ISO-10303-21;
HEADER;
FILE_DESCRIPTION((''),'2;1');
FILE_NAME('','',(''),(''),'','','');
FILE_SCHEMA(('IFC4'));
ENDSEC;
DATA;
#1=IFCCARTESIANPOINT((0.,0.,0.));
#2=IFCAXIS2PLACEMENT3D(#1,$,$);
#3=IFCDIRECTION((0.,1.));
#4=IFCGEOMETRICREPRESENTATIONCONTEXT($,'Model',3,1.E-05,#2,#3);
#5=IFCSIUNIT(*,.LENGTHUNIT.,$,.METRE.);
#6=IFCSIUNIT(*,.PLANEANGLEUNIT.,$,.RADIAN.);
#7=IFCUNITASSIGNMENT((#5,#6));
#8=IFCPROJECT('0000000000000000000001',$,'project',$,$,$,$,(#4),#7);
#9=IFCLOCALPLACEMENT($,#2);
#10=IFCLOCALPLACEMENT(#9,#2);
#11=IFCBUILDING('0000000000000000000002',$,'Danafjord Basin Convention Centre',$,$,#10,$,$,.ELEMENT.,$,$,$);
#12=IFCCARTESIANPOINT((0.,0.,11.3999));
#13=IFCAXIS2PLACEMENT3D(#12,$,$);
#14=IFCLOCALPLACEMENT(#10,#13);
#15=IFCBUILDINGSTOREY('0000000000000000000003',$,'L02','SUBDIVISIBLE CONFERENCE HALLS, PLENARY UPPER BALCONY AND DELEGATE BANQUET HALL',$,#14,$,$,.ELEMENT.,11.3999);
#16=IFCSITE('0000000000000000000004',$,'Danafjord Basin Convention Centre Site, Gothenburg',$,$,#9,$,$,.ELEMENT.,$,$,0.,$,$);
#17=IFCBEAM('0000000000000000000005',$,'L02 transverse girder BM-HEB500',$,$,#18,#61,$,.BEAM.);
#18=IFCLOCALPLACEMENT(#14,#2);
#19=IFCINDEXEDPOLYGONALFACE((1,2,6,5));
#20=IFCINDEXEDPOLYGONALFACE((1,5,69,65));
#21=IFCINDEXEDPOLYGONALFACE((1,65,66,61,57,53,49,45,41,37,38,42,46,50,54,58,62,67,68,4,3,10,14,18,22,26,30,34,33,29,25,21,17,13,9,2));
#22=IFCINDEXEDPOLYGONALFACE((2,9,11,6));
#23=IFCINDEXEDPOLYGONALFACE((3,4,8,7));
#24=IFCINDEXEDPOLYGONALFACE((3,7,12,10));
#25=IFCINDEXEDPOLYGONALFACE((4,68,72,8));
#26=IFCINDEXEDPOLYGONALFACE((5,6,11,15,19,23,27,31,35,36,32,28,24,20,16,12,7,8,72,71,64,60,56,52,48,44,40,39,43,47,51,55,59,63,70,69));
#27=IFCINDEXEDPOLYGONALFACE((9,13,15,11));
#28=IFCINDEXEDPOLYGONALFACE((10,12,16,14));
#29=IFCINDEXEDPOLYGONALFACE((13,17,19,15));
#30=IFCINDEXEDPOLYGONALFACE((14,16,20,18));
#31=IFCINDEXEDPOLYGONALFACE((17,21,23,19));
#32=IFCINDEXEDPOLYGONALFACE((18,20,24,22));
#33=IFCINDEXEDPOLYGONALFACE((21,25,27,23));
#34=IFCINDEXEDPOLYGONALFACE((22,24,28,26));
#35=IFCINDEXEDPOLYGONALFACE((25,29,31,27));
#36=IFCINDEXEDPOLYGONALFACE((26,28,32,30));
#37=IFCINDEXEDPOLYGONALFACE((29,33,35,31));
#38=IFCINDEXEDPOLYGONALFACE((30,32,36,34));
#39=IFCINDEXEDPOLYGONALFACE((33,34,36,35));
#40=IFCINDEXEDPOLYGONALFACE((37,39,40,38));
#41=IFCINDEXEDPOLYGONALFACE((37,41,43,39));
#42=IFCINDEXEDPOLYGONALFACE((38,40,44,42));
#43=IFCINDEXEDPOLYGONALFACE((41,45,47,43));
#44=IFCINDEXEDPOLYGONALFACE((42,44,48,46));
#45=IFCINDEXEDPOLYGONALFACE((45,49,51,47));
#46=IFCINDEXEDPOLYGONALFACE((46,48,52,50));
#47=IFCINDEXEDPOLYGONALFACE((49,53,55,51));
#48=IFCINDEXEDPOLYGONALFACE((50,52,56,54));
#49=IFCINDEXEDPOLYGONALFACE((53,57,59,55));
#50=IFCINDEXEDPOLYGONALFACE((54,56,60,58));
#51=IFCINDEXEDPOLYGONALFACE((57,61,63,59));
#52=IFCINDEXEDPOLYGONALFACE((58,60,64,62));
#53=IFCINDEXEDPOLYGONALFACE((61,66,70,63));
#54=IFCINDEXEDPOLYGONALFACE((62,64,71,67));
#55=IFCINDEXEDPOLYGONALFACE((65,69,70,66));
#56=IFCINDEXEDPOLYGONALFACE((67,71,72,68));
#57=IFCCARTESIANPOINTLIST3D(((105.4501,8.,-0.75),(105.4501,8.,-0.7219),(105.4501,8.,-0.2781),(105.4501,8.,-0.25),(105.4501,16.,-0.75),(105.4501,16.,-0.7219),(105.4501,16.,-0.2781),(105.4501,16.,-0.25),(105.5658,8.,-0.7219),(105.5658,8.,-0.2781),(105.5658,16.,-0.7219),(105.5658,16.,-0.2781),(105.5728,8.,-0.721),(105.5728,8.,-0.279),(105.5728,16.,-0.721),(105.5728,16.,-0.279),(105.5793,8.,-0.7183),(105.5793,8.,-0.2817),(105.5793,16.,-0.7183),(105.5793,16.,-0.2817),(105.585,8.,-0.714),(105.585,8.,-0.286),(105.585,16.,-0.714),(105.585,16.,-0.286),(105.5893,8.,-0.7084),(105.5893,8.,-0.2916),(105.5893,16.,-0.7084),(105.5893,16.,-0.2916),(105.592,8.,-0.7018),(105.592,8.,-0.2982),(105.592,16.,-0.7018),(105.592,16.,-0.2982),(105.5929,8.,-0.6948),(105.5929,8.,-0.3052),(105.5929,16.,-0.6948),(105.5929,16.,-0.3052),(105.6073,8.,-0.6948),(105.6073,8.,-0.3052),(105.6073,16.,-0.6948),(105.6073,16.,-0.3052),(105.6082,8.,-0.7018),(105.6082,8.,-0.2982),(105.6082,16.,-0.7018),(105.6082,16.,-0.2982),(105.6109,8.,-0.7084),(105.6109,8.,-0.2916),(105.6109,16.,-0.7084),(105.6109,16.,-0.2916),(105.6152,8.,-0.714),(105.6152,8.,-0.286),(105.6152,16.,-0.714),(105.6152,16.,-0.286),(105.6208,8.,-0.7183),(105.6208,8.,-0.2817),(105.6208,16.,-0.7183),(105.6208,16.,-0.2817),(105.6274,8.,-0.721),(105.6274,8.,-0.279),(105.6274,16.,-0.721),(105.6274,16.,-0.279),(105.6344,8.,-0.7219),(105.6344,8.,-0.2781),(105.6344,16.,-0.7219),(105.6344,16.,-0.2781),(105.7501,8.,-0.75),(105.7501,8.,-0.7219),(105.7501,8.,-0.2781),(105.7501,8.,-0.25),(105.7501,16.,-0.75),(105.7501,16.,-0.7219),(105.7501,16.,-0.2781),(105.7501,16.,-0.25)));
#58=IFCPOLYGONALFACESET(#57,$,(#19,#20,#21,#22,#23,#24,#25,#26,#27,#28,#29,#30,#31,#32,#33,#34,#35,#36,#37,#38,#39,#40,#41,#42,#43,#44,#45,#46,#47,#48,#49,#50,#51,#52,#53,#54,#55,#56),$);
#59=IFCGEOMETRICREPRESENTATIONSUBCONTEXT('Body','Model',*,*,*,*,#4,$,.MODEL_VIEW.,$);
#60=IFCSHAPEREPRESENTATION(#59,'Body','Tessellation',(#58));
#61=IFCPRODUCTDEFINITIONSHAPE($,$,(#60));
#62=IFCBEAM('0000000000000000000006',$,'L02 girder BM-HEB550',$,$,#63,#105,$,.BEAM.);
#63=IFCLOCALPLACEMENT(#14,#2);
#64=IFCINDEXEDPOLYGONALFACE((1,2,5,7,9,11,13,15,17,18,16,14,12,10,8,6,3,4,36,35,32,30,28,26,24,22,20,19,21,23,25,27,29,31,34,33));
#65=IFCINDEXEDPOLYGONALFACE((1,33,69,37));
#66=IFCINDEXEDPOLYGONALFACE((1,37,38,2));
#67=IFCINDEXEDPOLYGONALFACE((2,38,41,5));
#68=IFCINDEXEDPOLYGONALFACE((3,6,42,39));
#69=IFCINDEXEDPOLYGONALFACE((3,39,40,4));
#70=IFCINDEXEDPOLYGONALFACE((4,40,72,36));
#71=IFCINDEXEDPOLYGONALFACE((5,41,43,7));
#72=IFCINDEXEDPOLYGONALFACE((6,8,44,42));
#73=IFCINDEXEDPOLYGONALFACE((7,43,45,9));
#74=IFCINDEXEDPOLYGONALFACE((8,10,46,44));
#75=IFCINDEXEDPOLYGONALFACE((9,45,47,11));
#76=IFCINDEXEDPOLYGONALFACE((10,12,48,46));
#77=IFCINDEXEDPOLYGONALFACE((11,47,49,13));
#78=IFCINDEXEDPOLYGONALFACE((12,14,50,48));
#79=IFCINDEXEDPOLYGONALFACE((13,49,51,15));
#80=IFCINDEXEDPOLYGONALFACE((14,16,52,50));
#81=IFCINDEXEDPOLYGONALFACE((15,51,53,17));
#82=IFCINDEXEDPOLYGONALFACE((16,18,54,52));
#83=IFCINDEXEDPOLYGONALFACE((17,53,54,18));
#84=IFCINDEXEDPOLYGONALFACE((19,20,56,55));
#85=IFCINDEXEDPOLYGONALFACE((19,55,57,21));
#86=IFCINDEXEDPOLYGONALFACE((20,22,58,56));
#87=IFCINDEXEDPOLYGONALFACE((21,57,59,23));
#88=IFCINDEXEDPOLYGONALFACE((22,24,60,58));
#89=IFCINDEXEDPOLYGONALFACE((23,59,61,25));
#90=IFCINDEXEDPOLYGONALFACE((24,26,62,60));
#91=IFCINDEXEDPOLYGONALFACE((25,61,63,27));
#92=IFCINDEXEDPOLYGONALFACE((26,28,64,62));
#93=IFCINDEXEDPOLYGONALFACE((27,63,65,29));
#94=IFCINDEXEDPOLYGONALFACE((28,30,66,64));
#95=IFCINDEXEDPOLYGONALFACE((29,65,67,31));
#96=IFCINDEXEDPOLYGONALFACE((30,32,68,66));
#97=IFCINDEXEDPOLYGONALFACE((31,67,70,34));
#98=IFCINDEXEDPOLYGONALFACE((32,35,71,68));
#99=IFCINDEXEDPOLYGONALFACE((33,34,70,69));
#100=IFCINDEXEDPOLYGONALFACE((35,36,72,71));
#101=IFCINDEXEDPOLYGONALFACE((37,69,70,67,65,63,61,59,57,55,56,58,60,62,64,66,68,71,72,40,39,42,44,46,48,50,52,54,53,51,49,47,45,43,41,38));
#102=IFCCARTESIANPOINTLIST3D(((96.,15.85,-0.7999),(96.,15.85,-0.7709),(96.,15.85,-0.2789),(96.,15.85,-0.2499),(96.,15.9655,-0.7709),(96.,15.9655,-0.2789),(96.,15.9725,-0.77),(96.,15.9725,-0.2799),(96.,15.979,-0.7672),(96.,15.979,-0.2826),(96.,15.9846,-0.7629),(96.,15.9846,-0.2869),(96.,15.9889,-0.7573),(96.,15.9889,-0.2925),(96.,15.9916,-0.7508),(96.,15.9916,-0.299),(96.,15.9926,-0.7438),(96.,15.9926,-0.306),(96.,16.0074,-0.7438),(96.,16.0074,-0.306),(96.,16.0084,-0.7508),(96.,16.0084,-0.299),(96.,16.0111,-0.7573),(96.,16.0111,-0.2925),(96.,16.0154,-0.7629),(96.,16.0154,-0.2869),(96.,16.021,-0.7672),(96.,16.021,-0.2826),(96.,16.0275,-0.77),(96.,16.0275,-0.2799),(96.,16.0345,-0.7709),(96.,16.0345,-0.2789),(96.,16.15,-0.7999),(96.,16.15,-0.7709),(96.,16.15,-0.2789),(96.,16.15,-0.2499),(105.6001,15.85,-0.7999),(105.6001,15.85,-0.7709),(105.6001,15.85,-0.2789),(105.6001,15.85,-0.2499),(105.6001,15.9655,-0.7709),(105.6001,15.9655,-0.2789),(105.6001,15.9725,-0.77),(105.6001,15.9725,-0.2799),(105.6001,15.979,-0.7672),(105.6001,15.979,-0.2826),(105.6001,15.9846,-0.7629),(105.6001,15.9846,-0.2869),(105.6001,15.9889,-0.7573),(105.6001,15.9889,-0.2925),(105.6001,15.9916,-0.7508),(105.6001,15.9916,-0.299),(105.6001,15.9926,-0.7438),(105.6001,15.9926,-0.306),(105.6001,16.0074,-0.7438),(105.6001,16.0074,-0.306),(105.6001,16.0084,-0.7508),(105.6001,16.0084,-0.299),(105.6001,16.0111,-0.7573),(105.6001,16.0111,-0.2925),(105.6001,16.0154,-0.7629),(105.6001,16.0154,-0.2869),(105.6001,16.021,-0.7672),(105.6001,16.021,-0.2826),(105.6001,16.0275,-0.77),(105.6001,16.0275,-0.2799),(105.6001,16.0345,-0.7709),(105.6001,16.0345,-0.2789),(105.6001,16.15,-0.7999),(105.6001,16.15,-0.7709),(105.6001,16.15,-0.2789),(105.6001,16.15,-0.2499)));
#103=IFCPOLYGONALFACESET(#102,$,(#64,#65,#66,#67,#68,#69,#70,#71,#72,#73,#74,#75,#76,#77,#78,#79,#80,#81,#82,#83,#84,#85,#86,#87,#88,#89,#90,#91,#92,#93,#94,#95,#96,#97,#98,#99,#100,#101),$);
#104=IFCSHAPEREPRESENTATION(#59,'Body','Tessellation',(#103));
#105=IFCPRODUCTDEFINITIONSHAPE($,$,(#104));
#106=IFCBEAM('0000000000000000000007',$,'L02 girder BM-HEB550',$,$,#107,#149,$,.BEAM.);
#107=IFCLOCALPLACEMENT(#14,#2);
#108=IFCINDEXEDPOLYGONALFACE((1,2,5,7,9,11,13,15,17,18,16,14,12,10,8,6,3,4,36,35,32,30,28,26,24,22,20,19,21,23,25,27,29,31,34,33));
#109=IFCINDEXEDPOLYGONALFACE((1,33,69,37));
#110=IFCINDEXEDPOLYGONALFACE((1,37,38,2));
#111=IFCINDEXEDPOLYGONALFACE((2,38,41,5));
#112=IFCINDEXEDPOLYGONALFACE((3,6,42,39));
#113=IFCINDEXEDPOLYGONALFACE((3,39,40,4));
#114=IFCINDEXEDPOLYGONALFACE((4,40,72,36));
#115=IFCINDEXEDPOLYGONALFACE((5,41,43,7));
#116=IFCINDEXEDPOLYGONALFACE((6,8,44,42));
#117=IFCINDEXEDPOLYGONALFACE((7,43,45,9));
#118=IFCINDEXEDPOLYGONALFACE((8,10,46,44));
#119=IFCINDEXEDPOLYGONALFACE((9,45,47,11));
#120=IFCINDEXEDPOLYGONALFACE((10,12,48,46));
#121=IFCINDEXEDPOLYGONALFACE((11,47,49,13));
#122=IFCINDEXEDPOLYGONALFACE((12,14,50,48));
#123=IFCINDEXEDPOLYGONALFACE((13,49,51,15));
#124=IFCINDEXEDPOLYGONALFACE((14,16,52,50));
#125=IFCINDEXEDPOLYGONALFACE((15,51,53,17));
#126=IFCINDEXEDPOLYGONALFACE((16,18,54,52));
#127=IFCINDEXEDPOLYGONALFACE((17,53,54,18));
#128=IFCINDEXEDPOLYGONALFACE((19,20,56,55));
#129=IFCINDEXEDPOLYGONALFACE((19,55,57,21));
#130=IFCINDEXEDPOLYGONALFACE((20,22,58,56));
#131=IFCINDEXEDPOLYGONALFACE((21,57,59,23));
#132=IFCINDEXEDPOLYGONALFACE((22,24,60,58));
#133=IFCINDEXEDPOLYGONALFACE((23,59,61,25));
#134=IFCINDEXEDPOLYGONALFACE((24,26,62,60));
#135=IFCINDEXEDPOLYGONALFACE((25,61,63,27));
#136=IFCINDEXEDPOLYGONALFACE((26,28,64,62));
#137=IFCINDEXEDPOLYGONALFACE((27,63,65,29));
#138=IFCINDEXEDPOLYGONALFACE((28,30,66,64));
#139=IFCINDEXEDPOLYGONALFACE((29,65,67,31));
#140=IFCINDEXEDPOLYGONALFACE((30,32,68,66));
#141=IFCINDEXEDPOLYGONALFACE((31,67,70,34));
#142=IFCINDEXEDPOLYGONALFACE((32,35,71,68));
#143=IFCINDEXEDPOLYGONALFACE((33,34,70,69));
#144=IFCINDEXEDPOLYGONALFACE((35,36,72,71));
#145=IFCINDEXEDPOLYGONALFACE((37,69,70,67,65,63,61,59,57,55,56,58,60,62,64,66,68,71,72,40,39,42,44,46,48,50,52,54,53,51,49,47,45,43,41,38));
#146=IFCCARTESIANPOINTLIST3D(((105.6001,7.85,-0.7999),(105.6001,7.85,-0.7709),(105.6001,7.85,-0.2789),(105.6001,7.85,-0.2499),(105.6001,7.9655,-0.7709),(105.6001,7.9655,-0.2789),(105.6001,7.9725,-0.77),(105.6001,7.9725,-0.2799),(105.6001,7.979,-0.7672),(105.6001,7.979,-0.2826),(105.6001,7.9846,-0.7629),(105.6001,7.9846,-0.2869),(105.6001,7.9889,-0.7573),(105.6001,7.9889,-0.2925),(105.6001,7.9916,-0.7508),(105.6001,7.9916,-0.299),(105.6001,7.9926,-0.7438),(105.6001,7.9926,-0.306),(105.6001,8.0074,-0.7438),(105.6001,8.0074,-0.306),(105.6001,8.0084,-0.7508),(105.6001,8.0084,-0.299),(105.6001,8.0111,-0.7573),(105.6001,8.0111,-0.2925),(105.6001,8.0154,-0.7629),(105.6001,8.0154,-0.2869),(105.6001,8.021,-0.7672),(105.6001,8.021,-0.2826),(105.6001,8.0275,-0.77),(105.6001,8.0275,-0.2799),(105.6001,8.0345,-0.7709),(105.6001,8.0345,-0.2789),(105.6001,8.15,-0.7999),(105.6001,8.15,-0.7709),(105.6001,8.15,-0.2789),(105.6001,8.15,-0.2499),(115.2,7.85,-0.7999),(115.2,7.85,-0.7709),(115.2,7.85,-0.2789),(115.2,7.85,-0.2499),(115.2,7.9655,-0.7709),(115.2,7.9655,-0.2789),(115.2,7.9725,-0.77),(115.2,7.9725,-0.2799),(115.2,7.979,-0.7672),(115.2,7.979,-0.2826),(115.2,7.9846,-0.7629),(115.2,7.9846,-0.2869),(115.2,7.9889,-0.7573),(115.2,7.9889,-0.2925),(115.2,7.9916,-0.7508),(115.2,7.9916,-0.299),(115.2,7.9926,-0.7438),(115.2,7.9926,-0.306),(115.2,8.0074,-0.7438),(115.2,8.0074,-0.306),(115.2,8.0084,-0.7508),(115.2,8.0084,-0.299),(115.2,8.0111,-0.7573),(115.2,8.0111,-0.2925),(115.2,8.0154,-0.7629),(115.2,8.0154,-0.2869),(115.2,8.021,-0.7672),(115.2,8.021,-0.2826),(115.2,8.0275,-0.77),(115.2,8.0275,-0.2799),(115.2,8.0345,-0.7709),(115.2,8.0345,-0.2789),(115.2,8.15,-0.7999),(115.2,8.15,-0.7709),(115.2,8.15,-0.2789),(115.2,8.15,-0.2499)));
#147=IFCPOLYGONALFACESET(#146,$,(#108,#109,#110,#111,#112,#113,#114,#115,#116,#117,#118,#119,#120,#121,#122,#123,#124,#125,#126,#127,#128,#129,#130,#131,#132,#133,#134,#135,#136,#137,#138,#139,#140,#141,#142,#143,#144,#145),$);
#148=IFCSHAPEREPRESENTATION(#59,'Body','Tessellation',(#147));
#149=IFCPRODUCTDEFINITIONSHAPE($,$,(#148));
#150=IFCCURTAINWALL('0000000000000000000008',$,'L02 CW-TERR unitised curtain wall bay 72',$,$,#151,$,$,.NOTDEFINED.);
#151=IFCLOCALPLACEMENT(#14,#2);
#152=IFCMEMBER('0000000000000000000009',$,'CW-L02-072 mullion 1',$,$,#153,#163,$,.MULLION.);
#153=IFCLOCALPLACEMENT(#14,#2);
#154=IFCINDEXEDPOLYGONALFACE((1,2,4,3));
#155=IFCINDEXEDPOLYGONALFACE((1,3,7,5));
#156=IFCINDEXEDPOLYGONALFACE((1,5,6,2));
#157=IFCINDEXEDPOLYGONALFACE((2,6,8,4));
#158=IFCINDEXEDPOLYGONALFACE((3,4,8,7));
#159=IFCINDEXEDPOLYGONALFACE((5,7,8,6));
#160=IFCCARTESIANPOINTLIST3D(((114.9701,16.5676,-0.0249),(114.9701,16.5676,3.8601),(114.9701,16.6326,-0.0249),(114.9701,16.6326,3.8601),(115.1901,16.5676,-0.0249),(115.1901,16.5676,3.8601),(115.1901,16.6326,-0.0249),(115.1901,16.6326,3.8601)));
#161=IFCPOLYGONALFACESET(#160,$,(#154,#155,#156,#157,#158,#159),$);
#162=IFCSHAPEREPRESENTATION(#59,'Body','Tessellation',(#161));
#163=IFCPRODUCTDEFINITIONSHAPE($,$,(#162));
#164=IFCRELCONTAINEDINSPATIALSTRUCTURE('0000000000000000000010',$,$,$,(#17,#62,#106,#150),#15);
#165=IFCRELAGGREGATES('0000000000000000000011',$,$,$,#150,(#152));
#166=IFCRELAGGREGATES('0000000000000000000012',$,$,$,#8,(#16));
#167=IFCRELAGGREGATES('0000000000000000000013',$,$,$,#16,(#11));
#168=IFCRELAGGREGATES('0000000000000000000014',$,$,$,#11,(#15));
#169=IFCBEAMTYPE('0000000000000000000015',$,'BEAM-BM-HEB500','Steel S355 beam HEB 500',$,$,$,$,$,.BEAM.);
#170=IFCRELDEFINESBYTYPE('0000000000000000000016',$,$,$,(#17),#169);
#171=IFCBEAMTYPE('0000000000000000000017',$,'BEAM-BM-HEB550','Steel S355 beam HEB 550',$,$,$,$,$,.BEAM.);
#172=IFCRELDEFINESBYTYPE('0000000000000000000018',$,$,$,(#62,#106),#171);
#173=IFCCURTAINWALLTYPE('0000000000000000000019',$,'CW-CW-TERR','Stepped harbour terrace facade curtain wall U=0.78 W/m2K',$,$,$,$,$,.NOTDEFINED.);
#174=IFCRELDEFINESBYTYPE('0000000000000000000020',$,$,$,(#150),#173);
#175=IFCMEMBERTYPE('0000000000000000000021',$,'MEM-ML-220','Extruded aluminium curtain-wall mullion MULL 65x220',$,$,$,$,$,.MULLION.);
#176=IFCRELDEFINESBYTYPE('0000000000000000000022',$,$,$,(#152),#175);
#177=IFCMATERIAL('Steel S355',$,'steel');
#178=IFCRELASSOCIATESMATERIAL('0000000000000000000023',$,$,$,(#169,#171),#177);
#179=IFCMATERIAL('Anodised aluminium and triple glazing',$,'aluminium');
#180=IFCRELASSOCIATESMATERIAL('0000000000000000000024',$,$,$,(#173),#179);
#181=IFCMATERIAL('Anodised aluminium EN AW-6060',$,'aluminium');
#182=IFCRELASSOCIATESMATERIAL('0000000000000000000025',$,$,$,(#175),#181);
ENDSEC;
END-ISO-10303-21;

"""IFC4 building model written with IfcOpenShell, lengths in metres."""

from ifc_helpers import new_model, si_unit, direction, frame, origin, origin_2d, place, context, subcontext, project, spatial, rectangle, i_section, extrude, material, material_profile, profile_set, type_object, element, aggregate, save


model = new_model("IFC4")

# Units and contexts
model_context = context("Model", 3, precision=1e-05, world=origin(), true_north=direction((0.0, 1.0)))
body_context = subcontext(model_context, "Body", "Model", "MODEL_VIEW")
ifc_project = project(units=[si_unit("LENGTHUNIT", "METRE"), si_unit("PLANEANGLEUNIT", "RADIAN")], contexts=[model_context])

# Site, building, storey
site_placement = place(None, origin())
site = spatial("IfcSite", under=ifc_project, at=site_placement, Name="Danafjord Basin Convention Centre Site, Gothenburg", CompositionType="ELEMENT", RefElevation=0.0)
building_placement = place(site_placement, origin())
building = spatial("IfcBuilding", under=site, at=building_placement, Name="Danafjord Basin Convention Centre", CompositionType="ELEMENT")
storey_placement = place(building_placement, frame((0.0, 0.0, 11.3999)))
storey = spatial("IfcBuildingStorey", under=building, at=storey_placement, Name="L02", Description="SUBDIVISIBLE CONFERENCE HALLS, PLENARY UPPER BALCONY AND DELEGATE BANQUET HALL", CompositionType="ELEMENT", Elevation=11.3999)

# Shared definitions
ifc_material_1 = material(Name="Steel S355", Category="steel")

# Beams
ifc_material_profile_1 = material_profile(ifc_material_1, i_section(OverallWidth=0.3, OverallDepth=0.5, WebThickness=0.0144, FlangeThickness=0.0281, FilletRadius=0.0271, at=origin_2d()), Name="HEB 500")
ifc_profile_set_1 = profile_set([ifc_material_profile_1], Name="Steel S355")
beam_type_1 = type_object("IfcBeamType", Name="BEAM-BM-HEB500", Description="Steel S355 beam HEB 500", PredefinedType="BEAM", material=ifc_profile_set_1)
for number, where, z_axis, x_axis, name in (
    (1, (105.6001, 8.0, -0.5), (0.0, 1.0, 0.0), (-1.0, 0.0, 0.0), "L02 transverse girder BM-HEB500"),
):
    element("IfcBeam", number, at=place(storey_placement, frame(where, z_axis=z_axis, x_axis=x_axis)), inside=storey, type_object=beam_type_1, Name=name, PredefinedType="BEAM", context=body_context, shape_type="SweptSolid", body=[
        extrude(i_section(OverallWidth=0.3, OverallDepth=0.5, WebThickness=0.0144, FlangeThickness=0.0281, FilletRadius=0.0271, at=origin_2d()), origin(), (0.0, 0.0, 1.0), 8.0),
    ])
ifc_material_profile_2 = material_profile(ifc_material_1, i_section(OverallWidth=0.3, OverallDepth=0.55, WebThickness=0.0149, FlangeThickness=0.0291, FilletRadius=0.0271, at=origin_2d()), Name="HEB 550")
ifc_profile_set_2 = profile_set([ifc_material_profile_2], Name="Steel S355")
beam_type_2 = type_object("IfcBeamType", Name="BEAM-BM-HEB550", Description="Steel S355 beam HEB 550", PredefinedType="BEAM", material=ifc_profile_set_2)
beam_1_placement = place(storey_placement, frame((96.0, 16.0, -0.5249), z_axis=(1.0, 0.0, 0.0), x_axis=(0.0, 1.0, 0.0)))
element("IfcBeam", 2, at=beam_1_placement, inside=storey, type_object=beam_type_2, Name="L02 girder BM-HEB550", PredefinedType="BEAM", context=body_context, shape_type="SweptSolid", body=[
    extrude(i_section(OverallWidth=0.3, OverallDepth=0.55, WebThickness=0.0149, FlangeThickness=0.0291, FilletRadius=0.0271, at=origin_2d()), origin(), (0.0, 0.0, 1.0), 9.6001),
])
beam_2_placement = place(storey_placement, frame((105.6001, 8.0, -0.5249), z_axis=(1.0, 0.0, 0.0), x_axis=(0.0, 1.0, 0.0)))
element("IfcBeam", 3, at=beam_2_placement, inside=storey, type_object=beam_type_2, Name="L02 girder BM-HEB550", PredefinedType="BEAM", context=body_context, shape_type="SweptSolid", body=[
    extrude(i_section(OverallWidth=0.3, OverallDepth=0.55, WebThickness=0.0149, FlangeThickness=0.0291, FilletRadius=0.0271, at=origin_2d()), origin(), (0.0, 0.0, 1.0), 9.5999),
])

# Curtain wall, member
ifc_material_2 = material(Name="Anodised aluminium and triple glazing", Category="aluminium")
curtain_wall_type = type_object("IfcCurtainWallType", Name="CW-CW-TERR", Description="Stepped harbour terrace facade curtain wall U=0.78 W/m2K", PredefinedType="NOTDEFINED", material=ifc_material_2)
curtain_wall_placement = place(storey_placement, origin())
curtain_wall = element("IfcCurtainWall", 4, at=curtain_wall_placement, inside=storey, type_object=curtain_wall_type, Name="L02 CW-TERR unitised curtain wall bay 72", PredefinedType="NOTDEFINED")
ifc_material_3 = material(Name="Anodised aluminium EN AW-6060", Category="aluminium")
ifc_material_profile_3 = material_profile(ifc_material_3, rectangle(XDim=0.0649, YDim=0.22, at=origin_2d()), Name="MULL 65x220")
ifc_profile_set_3 = profile_set([ifc_material_profile_3], Name="Anodised aluminium EN AW-6060")
member_type_1 = type_object("IfcMemberType", Name="MEM-ML-220", Description="Extruded aluminium curtain-wall mullion MULL 65x220", PredefinedType="MULLION", material=ifc_profile_set_3)
member_1_placement = place(storey_placement, frame((115.0801, 16.6001, -0.0249), z_axis=(0.0, 0.0, 1.0), x_axis=(0.0, 1.0, 0.0)))
member_1 = element("IfcMember", 5, at=member_1_placement, type_object=member_type_1, Name="CW-L02-072 mullion 1", PredefinedType="MULLION", context=body_context, shape_type="SweptSolid", body=[
    extrude(rectangle(XDim=0.0649, YDim=0.22, at=origin_2d()), origin(), (0.0, 0.0, 1.0), 3.885),
])
aggregate(curtain_wall, [member_1])

save(model, "model.ifc")
